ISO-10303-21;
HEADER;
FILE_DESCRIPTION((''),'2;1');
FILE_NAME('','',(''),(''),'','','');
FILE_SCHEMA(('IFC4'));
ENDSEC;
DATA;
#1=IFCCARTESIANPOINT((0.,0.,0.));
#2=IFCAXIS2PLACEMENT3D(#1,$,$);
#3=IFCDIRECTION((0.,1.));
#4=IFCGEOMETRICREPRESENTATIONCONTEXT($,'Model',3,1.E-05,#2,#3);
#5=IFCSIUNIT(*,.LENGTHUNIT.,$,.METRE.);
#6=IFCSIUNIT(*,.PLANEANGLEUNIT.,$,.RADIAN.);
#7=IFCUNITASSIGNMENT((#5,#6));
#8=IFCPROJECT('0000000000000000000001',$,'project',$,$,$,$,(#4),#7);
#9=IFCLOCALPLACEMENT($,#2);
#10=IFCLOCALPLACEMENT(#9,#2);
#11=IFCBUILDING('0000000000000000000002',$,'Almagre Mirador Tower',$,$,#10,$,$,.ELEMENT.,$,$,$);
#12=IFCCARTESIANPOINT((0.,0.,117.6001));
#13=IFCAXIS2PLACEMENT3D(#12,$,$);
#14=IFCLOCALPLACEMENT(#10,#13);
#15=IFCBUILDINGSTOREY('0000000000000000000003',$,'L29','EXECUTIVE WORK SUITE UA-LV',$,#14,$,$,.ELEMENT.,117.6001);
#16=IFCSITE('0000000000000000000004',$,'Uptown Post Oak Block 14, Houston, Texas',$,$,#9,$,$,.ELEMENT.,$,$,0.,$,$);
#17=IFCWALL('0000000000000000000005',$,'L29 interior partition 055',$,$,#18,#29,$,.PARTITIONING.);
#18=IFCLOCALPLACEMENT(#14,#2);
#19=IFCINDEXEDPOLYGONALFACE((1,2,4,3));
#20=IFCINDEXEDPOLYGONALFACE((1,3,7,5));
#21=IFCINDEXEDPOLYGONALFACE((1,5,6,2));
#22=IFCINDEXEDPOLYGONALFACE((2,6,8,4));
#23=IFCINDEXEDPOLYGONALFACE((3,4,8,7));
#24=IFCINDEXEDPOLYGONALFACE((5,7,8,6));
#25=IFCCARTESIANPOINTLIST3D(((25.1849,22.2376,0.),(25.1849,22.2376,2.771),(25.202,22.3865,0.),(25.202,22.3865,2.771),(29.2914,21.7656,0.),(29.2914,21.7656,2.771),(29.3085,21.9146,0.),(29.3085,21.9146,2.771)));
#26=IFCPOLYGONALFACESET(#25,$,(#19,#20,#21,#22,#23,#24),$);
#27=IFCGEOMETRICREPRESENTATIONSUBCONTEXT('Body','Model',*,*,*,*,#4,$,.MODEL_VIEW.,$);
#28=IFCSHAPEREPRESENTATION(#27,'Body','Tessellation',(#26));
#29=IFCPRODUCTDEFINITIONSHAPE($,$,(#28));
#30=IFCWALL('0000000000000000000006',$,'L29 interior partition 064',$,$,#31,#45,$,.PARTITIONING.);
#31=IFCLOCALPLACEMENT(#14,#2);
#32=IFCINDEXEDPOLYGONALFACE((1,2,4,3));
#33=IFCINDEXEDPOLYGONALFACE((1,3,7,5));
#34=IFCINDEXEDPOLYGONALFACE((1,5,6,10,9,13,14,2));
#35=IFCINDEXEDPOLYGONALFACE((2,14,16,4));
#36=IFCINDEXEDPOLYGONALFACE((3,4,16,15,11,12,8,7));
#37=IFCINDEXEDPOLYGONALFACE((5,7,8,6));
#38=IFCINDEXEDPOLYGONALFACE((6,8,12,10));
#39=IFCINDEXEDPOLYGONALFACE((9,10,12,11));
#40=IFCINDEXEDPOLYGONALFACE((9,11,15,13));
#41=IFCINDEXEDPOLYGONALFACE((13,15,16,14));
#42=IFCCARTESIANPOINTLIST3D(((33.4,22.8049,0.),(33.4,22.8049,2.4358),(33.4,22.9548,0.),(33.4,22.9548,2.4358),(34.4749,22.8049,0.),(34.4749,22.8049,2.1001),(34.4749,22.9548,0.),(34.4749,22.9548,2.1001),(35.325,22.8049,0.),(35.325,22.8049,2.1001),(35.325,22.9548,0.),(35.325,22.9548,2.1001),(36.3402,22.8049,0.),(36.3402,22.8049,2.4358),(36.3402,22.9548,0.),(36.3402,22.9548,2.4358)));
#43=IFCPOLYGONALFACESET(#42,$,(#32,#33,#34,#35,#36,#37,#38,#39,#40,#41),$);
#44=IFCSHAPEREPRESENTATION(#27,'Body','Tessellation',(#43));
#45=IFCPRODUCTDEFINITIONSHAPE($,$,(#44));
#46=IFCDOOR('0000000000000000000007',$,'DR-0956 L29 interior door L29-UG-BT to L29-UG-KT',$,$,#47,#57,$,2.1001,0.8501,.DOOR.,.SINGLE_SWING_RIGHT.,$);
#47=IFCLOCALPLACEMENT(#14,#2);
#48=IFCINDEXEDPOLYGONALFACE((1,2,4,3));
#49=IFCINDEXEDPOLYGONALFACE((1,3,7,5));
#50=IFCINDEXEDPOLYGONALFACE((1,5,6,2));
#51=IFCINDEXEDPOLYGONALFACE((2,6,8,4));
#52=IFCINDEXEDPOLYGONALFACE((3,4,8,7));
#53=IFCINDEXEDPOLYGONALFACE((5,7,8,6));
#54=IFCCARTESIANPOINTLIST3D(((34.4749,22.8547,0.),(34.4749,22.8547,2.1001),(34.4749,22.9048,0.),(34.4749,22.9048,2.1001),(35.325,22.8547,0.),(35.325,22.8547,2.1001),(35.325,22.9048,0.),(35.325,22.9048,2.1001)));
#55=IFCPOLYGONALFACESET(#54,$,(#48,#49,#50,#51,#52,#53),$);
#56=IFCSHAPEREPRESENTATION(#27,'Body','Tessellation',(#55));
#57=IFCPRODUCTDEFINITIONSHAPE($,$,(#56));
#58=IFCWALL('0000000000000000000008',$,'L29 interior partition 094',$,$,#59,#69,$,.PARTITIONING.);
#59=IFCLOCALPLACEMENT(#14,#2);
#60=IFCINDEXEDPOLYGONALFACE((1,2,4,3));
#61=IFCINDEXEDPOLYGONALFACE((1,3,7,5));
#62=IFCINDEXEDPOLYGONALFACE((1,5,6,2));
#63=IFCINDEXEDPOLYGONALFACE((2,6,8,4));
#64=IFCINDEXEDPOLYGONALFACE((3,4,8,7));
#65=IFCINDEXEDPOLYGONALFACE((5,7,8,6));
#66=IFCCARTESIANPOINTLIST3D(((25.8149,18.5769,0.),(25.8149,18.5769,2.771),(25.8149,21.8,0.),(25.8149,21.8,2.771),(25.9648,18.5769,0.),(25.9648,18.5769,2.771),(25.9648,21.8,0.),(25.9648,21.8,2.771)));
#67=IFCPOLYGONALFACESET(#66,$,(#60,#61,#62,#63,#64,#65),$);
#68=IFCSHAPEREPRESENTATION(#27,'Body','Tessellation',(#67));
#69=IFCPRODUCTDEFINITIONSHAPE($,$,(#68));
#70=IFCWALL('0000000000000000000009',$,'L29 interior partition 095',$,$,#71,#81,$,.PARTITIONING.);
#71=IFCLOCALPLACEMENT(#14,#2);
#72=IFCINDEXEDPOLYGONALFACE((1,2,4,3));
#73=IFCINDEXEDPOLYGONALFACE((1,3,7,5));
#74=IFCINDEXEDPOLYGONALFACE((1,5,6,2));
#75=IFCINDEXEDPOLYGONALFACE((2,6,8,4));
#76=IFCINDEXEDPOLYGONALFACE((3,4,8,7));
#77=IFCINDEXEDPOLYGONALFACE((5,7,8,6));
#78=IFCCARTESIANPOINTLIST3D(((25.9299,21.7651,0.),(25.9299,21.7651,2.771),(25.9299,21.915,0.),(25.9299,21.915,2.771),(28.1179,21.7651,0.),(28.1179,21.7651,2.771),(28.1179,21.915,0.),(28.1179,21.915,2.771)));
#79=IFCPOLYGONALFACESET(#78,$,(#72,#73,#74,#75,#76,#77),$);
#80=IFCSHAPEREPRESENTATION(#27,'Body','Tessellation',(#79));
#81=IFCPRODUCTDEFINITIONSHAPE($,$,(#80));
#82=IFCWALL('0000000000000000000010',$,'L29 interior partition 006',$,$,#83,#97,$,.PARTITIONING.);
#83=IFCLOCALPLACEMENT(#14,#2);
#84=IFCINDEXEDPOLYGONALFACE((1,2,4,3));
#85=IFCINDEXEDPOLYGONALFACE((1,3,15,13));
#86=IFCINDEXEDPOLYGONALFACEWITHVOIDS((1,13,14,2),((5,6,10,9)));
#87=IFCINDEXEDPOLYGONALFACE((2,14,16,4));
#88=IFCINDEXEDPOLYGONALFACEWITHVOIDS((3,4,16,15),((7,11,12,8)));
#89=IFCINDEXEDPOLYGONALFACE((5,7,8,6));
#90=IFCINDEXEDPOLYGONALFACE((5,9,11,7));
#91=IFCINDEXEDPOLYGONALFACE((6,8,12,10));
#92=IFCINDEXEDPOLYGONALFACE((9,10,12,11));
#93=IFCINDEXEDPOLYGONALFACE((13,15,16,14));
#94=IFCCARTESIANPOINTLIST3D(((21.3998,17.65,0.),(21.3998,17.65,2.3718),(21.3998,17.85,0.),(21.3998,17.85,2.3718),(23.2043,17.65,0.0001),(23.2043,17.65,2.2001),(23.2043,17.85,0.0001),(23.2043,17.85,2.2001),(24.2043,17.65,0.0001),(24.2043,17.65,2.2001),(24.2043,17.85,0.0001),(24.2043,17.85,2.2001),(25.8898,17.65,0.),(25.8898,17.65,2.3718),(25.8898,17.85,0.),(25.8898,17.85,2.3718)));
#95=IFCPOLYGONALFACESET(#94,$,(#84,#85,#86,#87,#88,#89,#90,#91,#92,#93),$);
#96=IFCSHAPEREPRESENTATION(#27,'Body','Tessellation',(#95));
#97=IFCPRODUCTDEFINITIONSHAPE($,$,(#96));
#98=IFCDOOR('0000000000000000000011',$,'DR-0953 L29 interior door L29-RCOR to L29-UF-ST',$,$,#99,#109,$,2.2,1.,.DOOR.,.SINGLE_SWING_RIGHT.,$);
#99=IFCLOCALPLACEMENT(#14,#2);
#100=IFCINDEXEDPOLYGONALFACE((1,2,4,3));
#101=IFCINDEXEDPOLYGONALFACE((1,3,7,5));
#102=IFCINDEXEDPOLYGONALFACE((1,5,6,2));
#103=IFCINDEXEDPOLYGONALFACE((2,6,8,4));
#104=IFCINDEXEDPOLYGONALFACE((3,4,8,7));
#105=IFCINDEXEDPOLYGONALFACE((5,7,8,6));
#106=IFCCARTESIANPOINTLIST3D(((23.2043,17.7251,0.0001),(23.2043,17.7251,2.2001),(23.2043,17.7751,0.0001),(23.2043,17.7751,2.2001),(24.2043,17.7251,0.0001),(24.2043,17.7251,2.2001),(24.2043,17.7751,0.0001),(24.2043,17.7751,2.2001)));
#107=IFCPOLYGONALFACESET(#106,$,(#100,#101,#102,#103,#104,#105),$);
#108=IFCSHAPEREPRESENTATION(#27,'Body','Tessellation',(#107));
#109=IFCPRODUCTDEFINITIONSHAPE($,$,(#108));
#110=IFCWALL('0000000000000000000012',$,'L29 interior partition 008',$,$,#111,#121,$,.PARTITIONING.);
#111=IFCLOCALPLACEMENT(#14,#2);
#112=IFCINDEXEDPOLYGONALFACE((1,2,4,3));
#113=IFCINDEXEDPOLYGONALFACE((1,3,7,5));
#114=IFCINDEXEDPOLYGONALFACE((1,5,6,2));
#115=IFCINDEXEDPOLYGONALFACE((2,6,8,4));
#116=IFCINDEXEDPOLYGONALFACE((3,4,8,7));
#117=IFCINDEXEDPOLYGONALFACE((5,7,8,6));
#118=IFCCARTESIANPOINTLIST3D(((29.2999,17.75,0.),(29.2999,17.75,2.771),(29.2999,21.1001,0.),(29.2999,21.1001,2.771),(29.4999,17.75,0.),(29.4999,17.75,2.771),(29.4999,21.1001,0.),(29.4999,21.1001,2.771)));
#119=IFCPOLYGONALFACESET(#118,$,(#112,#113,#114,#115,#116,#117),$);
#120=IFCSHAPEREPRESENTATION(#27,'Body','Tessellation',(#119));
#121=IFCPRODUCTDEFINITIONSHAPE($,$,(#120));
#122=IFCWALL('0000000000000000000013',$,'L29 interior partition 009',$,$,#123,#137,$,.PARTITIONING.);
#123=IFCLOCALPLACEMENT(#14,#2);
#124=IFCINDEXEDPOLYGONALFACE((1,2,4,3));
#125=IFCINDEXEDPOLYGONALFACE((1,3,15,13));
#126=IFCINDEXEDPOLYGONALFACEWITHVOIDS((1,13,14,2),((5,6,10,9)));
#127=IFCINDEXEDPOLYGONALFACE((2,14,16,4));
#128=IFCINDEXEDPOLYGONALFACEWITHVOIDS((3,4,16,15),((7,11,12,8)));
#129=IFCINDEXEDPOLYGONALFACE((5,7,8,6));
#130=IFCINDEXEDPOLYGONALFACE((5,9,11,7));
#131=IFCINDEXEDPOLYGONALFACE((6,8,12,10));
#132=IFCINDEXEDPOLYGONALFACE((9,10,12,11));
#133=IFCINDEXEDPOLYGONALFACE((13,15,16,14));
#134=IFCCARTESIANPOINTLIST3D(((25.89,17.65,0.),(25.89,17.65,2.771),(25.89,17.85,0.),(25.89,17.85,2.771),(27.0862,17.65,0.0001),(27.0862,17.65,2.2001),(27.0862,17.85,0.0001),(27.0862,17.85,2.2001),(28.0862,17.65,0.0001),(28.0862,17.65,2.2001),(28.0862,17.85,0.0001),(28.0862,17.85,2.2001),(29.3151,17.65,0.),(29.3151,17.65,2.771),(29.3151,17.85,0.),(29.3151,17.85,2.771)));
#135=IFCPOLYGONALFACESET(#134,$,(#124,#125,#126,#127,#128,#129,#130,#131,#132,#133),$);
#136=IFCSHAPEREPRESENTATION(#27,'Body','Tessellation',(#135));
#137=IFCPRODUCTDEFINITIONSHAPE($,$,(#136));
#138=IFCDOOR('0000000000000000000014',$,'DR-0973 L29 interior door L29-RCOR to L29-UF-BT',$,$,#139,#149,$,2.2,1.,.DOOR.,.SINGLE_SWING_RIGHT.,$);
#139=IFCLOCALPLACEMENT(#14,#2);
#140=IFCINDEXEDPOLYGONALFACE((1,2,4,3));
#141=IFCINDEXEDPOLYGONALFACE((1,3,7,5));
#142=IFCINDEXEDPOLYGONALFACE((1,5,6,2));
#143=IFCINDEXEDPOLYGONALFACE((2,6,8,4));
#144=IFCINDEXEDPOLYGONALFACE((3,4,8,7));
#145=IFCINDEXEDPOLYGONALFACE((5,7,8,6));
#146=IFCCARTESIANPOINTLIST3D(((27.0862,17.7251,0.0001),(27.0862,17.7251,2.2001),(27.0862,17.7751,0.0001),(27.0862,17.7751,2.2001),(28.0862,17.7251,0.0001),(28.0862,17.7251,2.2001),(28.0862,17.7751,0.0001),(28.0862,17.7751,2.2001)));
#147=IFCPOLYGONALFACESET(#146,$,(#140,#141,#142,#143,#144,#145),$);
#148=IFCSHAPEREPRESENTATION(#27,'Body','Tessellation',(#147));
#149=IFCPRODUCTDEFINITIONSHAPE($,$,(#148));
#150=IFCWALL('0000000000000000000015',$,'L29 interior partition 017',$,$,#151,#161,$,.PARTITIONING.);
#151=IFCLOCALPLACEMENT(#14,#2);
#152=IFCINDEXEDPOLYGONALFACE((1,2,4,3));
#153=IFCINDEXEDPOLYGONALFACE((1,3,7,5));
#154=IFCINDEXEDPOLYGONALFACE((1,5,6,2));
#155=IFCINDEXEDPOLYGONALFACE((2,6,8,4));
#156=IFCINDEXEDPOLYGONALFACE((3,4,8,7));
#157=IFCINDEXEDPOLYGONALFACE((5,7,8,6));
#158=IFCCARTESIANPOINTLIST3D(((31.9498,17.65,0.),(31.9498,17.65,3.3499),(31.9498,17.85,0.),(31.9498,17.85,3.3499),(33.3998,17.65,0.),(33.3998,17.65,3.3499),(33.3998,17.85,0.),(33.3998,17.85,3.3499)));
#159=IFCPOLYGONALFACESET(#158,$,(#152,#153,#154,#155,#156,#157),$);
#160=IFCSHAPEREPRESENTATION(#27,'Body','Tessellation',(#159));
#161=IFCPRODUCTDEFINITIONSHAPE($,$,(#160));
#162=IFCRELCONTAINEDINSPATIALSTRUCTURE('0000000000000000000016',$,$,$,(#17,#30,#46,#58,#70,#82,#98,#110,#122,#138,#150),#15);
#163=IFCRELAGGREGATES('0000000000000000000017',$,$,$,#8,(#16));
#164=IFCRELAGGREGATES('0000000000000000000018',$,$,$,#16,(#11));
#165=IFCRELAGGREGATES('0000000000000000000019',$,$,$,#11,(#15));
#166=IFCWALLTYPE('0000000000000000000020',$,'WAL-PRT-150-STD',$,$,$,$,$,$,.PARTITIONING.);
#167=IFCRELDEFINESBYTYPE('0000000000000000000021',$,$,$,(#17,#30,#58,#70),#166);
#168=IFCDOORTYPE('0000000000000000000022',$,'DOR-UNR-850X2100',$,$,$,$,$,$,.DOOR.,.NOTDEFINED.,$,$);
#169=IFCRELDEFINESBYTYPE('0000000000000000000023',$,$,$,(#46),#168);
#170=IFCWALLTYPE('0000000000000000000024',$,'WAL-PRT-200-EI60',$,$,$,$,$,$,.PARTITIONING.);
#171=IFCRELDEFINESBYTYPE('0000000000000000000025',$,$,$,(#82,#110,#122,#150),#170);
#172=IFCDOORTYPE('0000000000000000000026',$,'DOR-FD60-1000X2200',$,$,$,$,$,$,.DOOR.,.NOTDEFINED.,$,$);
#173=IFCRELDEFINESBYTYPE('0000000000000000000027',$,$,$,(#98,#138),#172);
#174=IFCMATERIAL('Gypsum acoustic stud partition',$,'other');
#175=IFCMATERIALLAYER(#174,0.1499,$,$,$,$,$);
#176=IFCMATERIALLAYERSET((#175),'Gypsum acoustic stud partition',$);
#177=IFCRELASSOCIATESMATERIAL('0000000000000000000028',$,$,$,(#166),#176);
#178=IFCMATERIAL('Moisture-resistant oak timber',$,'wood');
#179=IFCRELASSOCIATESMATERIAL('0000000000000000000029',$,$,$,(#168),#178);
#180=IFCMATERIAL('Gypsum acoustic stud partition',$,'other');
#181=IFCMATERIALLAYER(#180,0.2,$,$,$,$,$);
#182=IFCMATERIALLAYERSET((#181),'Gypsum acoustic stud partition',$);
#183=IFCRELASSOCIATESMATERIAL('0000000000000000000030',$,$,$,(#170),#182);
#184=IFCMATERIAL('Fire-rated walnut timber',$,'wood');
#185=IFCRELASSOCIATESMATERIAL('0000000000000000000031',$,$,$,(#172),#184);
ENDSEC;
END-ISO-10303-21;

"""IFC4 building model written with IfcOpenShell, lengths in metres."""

from ifc_helpers import new_model, si_unit, direction, frame, frame_2d, origin, place, context, subcontext, project, spatial, rectangle, extrude, material, layer, layer_set, type_object, element, fill, save


model = new_model("IFC4")

# Units and contexts
model_context = context("Model", 3, precision=1e-05, world=origin(), true_north=direction((0.0, 1.0)))
body_context = subcontext(model_context, "Body", "Model", "MODEL_VIEW")
ifc_project = project(units=[si_unit("LENGTHUNIT", "METRE"), si_unit("PLANEANGLEUNIT", "RADIAN")], contexts=[model_context])

# Site, building, storey
site_placement = place(None, origin())
site = spatial("IfcSite", under=ifc_project, at=site_placement, Name="Uptown Post Oak Block 14, Houston, Texas", CompositionType="ELEMENT", RefElevation=0.0)
building_placement = place(site_placement, origin())
building = spatial("IfcBuilding", under=site, at=building_placement, Name="Almagre Mirador Tower", CompositionType="ELEMENT")
storey_placement = place(building_placement, frame((0.0, 0.0, 117.6001)))
storey = spatial("IfcBuildingStorey", under=building, at=storey_placement, Name="L29", Description="EXECUTIVE WORK SUITE UA-LV", CompositionType="ELEMENT", Elevation=117.6001)

# Wall
ifc_material_1 = material(Name="Gypsum acoustic stud partition", Category="other")
ifc_layer_1 = layer(ifc_material_1, 0.1499)
ifc_layer_set_1 = layer_set([ifc_layer_1], Name="Gypsum acoustic stud partition")
wall_type_1 = type_object("IfcWallType", Name="WAL-PRT-150-STD", PredefinedType="PARTITIONING", material=ifc_layer_set_1)
wall_1_placement = place(storey_placement, frame((29.3, 21.8401, 0.0), z_axis=(0.0, 0.0, 1.0), x_axis=(-0.993461, 0.114171, 0.0)))
element("IfcWall", 1, at=wall_1_placement, inside=storey, type_object=wall_type_1, Name="L29 interior partition 055", PredefinedType="PARTITIONING", context=body_context, shape_type="SweptSolid", body=[
    extrude(rectangle(XDim=4.1335, YDim=0.1499, at=frame_2d((2.0669, 0.0))), origin(), (0.0, 0.0, 1.0), 2.771),
])

# Wall, opening, door
wall_2_placement = place(storey_placement, frame((33.3999, 22.8799, 0.0), z_axis=(0.0, 0.0, 1.0), x_axis=(1.0, 0.0, 0.0)))
wall_2 = element("IfcWall", 2, at=wall_2_placement, inside=storey, type_object=wall_type_1, Name="L29 interior partition 064", PredefinedType="PARTITIONING", context=body_context, shape_type="SweptSolid", body=[
    extrude(rectangle(XDim=2.9402, YDim=0.1499, at=frame_2d((1.4702, 0.0))), origin(), (0.0, 0.0, 1.0), 2.4358),
])
opening_1_placement = place(wall_2_placement, frame((1.075, 0.0, 0.0)))
opening_1 = element("IfcOpeningElement", 3, at=opening_1_placement, cuts=wall_2, PredefinedType="OPENING", context=body_context, shape_type="SweptSolid", body=[
    extrude(rectangle(XDim=0.8501, YDim=2.1001, at=frame_2d((0.425, 1.05))), frame((0.0, 0.085, 0.0), z_axis=(0.0, -1.0, 0.0), x_axis=(1.0, 0.0, 0.0)), (0.0, 0.0, 1.0), 0.1699),
])
ifc_material_2 = material(Name="Moisture-resistant oak timber", Category="wood")
door_type_1 = type_object("IfcDoorType", Name="DOR-UNR-850X2100", OperationType="NOTDEFINED", PredefinedType="DOOR", material=ifc_material_2)
door_1_placement = place(opening_1_placement, origin())
door_1 = element("IfcDoor", 4, at=door_1_placement, inside=storey, type_object=door_type_1, Name="DR-0956 L29 interior door L29-UG-BT to L29-UG-KT", OperationType="SINGLE_SWING_RIGHT", OverallHeight=2.1001, OverallWidth=0.8501, PredefinedType="DOOR", context=body_context, shape_type="SweptSolid", body=[
    extrude(rectangle(XDim=0.8501, YDim=2.1001, at=frame_2d((0.425, 1.05))), frame((0.0, 0.0249, 0.0), z_axis=(0.0, -1.0, 0.0), x_axis=(1.0, 0.0, 0.0)), (0.0, 0.0, 1.0), 0.05),
])
fill(opening_1, door_1)

# Walls
wall_3_placement = place(storey_placement, frame((25.8899, 18.5769, 0.0), z_axis=(0.0, 0.0, 1.0), x_axis=(0.0, 1.0, 0.0)))
element("IfcWall", 5, at=wall_3_placement, inside=storey, type_object=wall_type_1, Name="L29 interior partition 094", PredefinedType="PARTITIONING", context=body_context, shape_type="SweptSolid", body=[
    extrude(rectangle(XDim=3.2231, YDim=0.1499, at=frame_2d((1.6116, 0.0))), origin(), (0.0, 0.0, 1.0), 2.771),
])
wall_4_placement = place(storey_placement, frame((25.9299, 21.8401, 0.0), z_axis=(0.0, 0.0, 1.0), x_axis=(1.0, 0.0, 0.0)))
element("IfcWall", 6, at=wall_4_placement, inside=storey, type_object=wall_type_1, Name="L29 interior partition 095", PredefinedType="PARTITIONING", context=body_context, shape_type="SweptSolid", body=[
    extrude(rectangle(XDim=2.188, YDim=0.1499, at=frame_2d((1.094, 0.0))), origin(), (0.0, 0.0, 1.0), 2.771),
])

# Wall, opening, door
ifc_material_3 = material(Name="Gypsum acoustic stud partition", Category="other")
ifc_layer_2 = layer(ifc_material_3, 0.2)
ifc_layer_set_2 = layer_set([ifc_layer_2], Name="Gypsum acoustic stud partition")
wall_type_2 = type_object("IfcWallType", Name="WAL-PRT-200-EI60", PredefinedType="PARTITIONING", material=ifc_layer_set_2)
wall_5_placement = place(storey_placement, frame((25.8899, 17.75, 0.0), z_axis=(0.0, 0.0, 1.0), x_axis=(-1.0, 0.0, 0.0)))
wall_5 = element("IfcWall", 7, at=wall_5_placement, inside=storey, type_object=wall_type_2, Name="L29 interior partition 006", PredefinedType="PARTITIONING", context=body_context, shape_type="SweptSolid", body=[
    extrude(rectangle(XDim=4.49, YDim=0.2, at=frame_2d((2.2451, 0.0))), origin(), (0.0, 0.0, 1.0), 2.3718),
])
opening_2_placement = place(wall_5_placement, frame((1.6855, 0.0, 0.0)))
opening_2 = element("IfcOpeningElement", 8, at=opening_2_placement, cuts=wall_5, PredefinedType="OPENING", context=body_context, shape_type="SweptSolid", body=[
    extrude(rectangle(XDim=1.0, YDim=2.2, at=frame_2d((0.5, 1.1001))), frame((0.0, 0.1101, 0.0), z_axis=(0.0, -1.0, 0.0), x_axis=(1.0, 0.0, 0.0)), (0.0, 0.0, 1.0), 0.22),
])
ifc_material_4 = material(Name="Fire-rated walnut timber", Category="wood")
door_type_2 = type_object("IfcDoorType", Name="DOR-FD60-1000X2200", OperationType="NOTDEFINED", PredefinedType="DOOR", material=ifc_material_4)
door_2_placement = place(opening_2_placement, origin())
door_2 = element("IfcDoor", 9, at=door_2_placement, inside=storey, type_object=door_type_2, Name="DR-0953 L29 interior door L29-RCOR to L29-UF-ST", OperationType="SINGLE_SWING_RIGHT", OverallHeight=2.2, OverallWidth=1.0, PredefinedType="DOOR", context=body_context, shape_type="SweptSolid", body=[
    extrude(rectangle(XDim=1.0, YDim=2.2, at=frame_2d((0.5, 1.1001))), frame((0.0, 0.0249, 0.0), z_axis=(0.0, -1.0, 0.0), x_axis=(1.0, 0.0, 0.0)), (0.0, 0.0, 1.0), 0.05),
])
fill(opening_2, door_2)

# Wall
wall_6_placement = place(storey_placement, frame((29.3999, 21.1001, 0.0), z_axis=(0.0, 0.0, 1.0), x_axis=(0.0, -1.0, 0.0)))
element("IfcWall", 10, at=wall_6_placement, inside=storey, type_object=wall_type_2, Name="L29 interior partition 008", PredefinedType="PARTITIONING", context=body_context, shape_type="SweptSolid", body=[
    extrude(rectangle(XDim=3.3501, YDim=0.2, at=frame_2d((1.675, 0.0))), origin(), (0.0, 0.0, 1.0), 2.771),
])

# Wall, opening, door
wall_7_placement = place(storey_placement, frame((29.3149, 17.75, 0.0), z_axis=(0.0, 0.0, 1.0), x_axis=(-1.0, 0.0, 0.0)))
wall_7 = element("IfcWall", 11, at=wall_7_placement, inside=storey, type_object=wall_type_2, Name="L29 interior partition 009", PredefinedType="PARTITIONING", context=body_context, shape_type="SweptSolid", body=[
    extrude(rectangle(XDim=3.425, YDim=0.2, at=frame_2d((1.7124, 0.0))), origin(), (0.0, 0.0, 1.0), 2.771),
])
opening_3_placement = place(wall_7_placement, frame((1.2288, 0.0, 0.0)))
opening_3 = element("IfcOpeningElement", 12, at=opening_3_placement, cuts=wall_7, PredefinedType="OPENING", context=body_context, shape_type="SweptSolid", body=[
    extrude(rectangle(XDim=1.0, YDim=2.2, at=frame_2d((0.5, 1.1001))), frame((0.0, 0.1101, 0.0), z_axis=(0.0, -1.0, 0.0), x_axis=(1.0, 0.0, 0.0)), (0.0, 0.0, 1.0), 0.22),
])
door_3_placement = place(opening_3_placement, origin())
door_3 = element("IfcDoor", 13, at=door_3_placement, inside=storey, type_object=door_type_2, Name="DR-0973 L29 interior door L29-RCOR to L29-UF-BT", OperationType="SINGLE_SWING_RIGHT", OverallHeight=2.2, OverallWidth=1.0, PredefinedType="DOOR", context=body_context, shape_type="SweptSolid", body=[
    extrude(rectangle(XDim=1.0, YDim=2.2, at=frame_2d((0.5, 1.1001))), frame((0.0, 0.0249, 0.0), z_axis=(0.0, -1.0, 0.0), x_axis=(1.0, 0.0, 0.0)), (0.0, 0.0, 1.0), 0.05),
])
fill(opening_3, door_3)

# Wall
wall_8_placement = place(storey_placement, frame((33.3999, 17.75, 0.0), z_axis=(0.0, 0.0, 1.0), x_axis=(-1.0, 0.0, 0.0)))
element("IfcWall", 14, at=wall_8_placement, inside=storey, type_object=wall_type_2, Name="L29 interior partition 017", PredefinedType="PARTITIONING", context=body_context, shape_type="SweptSolid", body=[
    extrude(rectangle(XDim=1.45, YDim=0.2, at=frame_2d((0.7251, 0.0))), origin(), (0.0, 0.0, 1.0), 3.3499),
])

save(model, "model.ifc")
